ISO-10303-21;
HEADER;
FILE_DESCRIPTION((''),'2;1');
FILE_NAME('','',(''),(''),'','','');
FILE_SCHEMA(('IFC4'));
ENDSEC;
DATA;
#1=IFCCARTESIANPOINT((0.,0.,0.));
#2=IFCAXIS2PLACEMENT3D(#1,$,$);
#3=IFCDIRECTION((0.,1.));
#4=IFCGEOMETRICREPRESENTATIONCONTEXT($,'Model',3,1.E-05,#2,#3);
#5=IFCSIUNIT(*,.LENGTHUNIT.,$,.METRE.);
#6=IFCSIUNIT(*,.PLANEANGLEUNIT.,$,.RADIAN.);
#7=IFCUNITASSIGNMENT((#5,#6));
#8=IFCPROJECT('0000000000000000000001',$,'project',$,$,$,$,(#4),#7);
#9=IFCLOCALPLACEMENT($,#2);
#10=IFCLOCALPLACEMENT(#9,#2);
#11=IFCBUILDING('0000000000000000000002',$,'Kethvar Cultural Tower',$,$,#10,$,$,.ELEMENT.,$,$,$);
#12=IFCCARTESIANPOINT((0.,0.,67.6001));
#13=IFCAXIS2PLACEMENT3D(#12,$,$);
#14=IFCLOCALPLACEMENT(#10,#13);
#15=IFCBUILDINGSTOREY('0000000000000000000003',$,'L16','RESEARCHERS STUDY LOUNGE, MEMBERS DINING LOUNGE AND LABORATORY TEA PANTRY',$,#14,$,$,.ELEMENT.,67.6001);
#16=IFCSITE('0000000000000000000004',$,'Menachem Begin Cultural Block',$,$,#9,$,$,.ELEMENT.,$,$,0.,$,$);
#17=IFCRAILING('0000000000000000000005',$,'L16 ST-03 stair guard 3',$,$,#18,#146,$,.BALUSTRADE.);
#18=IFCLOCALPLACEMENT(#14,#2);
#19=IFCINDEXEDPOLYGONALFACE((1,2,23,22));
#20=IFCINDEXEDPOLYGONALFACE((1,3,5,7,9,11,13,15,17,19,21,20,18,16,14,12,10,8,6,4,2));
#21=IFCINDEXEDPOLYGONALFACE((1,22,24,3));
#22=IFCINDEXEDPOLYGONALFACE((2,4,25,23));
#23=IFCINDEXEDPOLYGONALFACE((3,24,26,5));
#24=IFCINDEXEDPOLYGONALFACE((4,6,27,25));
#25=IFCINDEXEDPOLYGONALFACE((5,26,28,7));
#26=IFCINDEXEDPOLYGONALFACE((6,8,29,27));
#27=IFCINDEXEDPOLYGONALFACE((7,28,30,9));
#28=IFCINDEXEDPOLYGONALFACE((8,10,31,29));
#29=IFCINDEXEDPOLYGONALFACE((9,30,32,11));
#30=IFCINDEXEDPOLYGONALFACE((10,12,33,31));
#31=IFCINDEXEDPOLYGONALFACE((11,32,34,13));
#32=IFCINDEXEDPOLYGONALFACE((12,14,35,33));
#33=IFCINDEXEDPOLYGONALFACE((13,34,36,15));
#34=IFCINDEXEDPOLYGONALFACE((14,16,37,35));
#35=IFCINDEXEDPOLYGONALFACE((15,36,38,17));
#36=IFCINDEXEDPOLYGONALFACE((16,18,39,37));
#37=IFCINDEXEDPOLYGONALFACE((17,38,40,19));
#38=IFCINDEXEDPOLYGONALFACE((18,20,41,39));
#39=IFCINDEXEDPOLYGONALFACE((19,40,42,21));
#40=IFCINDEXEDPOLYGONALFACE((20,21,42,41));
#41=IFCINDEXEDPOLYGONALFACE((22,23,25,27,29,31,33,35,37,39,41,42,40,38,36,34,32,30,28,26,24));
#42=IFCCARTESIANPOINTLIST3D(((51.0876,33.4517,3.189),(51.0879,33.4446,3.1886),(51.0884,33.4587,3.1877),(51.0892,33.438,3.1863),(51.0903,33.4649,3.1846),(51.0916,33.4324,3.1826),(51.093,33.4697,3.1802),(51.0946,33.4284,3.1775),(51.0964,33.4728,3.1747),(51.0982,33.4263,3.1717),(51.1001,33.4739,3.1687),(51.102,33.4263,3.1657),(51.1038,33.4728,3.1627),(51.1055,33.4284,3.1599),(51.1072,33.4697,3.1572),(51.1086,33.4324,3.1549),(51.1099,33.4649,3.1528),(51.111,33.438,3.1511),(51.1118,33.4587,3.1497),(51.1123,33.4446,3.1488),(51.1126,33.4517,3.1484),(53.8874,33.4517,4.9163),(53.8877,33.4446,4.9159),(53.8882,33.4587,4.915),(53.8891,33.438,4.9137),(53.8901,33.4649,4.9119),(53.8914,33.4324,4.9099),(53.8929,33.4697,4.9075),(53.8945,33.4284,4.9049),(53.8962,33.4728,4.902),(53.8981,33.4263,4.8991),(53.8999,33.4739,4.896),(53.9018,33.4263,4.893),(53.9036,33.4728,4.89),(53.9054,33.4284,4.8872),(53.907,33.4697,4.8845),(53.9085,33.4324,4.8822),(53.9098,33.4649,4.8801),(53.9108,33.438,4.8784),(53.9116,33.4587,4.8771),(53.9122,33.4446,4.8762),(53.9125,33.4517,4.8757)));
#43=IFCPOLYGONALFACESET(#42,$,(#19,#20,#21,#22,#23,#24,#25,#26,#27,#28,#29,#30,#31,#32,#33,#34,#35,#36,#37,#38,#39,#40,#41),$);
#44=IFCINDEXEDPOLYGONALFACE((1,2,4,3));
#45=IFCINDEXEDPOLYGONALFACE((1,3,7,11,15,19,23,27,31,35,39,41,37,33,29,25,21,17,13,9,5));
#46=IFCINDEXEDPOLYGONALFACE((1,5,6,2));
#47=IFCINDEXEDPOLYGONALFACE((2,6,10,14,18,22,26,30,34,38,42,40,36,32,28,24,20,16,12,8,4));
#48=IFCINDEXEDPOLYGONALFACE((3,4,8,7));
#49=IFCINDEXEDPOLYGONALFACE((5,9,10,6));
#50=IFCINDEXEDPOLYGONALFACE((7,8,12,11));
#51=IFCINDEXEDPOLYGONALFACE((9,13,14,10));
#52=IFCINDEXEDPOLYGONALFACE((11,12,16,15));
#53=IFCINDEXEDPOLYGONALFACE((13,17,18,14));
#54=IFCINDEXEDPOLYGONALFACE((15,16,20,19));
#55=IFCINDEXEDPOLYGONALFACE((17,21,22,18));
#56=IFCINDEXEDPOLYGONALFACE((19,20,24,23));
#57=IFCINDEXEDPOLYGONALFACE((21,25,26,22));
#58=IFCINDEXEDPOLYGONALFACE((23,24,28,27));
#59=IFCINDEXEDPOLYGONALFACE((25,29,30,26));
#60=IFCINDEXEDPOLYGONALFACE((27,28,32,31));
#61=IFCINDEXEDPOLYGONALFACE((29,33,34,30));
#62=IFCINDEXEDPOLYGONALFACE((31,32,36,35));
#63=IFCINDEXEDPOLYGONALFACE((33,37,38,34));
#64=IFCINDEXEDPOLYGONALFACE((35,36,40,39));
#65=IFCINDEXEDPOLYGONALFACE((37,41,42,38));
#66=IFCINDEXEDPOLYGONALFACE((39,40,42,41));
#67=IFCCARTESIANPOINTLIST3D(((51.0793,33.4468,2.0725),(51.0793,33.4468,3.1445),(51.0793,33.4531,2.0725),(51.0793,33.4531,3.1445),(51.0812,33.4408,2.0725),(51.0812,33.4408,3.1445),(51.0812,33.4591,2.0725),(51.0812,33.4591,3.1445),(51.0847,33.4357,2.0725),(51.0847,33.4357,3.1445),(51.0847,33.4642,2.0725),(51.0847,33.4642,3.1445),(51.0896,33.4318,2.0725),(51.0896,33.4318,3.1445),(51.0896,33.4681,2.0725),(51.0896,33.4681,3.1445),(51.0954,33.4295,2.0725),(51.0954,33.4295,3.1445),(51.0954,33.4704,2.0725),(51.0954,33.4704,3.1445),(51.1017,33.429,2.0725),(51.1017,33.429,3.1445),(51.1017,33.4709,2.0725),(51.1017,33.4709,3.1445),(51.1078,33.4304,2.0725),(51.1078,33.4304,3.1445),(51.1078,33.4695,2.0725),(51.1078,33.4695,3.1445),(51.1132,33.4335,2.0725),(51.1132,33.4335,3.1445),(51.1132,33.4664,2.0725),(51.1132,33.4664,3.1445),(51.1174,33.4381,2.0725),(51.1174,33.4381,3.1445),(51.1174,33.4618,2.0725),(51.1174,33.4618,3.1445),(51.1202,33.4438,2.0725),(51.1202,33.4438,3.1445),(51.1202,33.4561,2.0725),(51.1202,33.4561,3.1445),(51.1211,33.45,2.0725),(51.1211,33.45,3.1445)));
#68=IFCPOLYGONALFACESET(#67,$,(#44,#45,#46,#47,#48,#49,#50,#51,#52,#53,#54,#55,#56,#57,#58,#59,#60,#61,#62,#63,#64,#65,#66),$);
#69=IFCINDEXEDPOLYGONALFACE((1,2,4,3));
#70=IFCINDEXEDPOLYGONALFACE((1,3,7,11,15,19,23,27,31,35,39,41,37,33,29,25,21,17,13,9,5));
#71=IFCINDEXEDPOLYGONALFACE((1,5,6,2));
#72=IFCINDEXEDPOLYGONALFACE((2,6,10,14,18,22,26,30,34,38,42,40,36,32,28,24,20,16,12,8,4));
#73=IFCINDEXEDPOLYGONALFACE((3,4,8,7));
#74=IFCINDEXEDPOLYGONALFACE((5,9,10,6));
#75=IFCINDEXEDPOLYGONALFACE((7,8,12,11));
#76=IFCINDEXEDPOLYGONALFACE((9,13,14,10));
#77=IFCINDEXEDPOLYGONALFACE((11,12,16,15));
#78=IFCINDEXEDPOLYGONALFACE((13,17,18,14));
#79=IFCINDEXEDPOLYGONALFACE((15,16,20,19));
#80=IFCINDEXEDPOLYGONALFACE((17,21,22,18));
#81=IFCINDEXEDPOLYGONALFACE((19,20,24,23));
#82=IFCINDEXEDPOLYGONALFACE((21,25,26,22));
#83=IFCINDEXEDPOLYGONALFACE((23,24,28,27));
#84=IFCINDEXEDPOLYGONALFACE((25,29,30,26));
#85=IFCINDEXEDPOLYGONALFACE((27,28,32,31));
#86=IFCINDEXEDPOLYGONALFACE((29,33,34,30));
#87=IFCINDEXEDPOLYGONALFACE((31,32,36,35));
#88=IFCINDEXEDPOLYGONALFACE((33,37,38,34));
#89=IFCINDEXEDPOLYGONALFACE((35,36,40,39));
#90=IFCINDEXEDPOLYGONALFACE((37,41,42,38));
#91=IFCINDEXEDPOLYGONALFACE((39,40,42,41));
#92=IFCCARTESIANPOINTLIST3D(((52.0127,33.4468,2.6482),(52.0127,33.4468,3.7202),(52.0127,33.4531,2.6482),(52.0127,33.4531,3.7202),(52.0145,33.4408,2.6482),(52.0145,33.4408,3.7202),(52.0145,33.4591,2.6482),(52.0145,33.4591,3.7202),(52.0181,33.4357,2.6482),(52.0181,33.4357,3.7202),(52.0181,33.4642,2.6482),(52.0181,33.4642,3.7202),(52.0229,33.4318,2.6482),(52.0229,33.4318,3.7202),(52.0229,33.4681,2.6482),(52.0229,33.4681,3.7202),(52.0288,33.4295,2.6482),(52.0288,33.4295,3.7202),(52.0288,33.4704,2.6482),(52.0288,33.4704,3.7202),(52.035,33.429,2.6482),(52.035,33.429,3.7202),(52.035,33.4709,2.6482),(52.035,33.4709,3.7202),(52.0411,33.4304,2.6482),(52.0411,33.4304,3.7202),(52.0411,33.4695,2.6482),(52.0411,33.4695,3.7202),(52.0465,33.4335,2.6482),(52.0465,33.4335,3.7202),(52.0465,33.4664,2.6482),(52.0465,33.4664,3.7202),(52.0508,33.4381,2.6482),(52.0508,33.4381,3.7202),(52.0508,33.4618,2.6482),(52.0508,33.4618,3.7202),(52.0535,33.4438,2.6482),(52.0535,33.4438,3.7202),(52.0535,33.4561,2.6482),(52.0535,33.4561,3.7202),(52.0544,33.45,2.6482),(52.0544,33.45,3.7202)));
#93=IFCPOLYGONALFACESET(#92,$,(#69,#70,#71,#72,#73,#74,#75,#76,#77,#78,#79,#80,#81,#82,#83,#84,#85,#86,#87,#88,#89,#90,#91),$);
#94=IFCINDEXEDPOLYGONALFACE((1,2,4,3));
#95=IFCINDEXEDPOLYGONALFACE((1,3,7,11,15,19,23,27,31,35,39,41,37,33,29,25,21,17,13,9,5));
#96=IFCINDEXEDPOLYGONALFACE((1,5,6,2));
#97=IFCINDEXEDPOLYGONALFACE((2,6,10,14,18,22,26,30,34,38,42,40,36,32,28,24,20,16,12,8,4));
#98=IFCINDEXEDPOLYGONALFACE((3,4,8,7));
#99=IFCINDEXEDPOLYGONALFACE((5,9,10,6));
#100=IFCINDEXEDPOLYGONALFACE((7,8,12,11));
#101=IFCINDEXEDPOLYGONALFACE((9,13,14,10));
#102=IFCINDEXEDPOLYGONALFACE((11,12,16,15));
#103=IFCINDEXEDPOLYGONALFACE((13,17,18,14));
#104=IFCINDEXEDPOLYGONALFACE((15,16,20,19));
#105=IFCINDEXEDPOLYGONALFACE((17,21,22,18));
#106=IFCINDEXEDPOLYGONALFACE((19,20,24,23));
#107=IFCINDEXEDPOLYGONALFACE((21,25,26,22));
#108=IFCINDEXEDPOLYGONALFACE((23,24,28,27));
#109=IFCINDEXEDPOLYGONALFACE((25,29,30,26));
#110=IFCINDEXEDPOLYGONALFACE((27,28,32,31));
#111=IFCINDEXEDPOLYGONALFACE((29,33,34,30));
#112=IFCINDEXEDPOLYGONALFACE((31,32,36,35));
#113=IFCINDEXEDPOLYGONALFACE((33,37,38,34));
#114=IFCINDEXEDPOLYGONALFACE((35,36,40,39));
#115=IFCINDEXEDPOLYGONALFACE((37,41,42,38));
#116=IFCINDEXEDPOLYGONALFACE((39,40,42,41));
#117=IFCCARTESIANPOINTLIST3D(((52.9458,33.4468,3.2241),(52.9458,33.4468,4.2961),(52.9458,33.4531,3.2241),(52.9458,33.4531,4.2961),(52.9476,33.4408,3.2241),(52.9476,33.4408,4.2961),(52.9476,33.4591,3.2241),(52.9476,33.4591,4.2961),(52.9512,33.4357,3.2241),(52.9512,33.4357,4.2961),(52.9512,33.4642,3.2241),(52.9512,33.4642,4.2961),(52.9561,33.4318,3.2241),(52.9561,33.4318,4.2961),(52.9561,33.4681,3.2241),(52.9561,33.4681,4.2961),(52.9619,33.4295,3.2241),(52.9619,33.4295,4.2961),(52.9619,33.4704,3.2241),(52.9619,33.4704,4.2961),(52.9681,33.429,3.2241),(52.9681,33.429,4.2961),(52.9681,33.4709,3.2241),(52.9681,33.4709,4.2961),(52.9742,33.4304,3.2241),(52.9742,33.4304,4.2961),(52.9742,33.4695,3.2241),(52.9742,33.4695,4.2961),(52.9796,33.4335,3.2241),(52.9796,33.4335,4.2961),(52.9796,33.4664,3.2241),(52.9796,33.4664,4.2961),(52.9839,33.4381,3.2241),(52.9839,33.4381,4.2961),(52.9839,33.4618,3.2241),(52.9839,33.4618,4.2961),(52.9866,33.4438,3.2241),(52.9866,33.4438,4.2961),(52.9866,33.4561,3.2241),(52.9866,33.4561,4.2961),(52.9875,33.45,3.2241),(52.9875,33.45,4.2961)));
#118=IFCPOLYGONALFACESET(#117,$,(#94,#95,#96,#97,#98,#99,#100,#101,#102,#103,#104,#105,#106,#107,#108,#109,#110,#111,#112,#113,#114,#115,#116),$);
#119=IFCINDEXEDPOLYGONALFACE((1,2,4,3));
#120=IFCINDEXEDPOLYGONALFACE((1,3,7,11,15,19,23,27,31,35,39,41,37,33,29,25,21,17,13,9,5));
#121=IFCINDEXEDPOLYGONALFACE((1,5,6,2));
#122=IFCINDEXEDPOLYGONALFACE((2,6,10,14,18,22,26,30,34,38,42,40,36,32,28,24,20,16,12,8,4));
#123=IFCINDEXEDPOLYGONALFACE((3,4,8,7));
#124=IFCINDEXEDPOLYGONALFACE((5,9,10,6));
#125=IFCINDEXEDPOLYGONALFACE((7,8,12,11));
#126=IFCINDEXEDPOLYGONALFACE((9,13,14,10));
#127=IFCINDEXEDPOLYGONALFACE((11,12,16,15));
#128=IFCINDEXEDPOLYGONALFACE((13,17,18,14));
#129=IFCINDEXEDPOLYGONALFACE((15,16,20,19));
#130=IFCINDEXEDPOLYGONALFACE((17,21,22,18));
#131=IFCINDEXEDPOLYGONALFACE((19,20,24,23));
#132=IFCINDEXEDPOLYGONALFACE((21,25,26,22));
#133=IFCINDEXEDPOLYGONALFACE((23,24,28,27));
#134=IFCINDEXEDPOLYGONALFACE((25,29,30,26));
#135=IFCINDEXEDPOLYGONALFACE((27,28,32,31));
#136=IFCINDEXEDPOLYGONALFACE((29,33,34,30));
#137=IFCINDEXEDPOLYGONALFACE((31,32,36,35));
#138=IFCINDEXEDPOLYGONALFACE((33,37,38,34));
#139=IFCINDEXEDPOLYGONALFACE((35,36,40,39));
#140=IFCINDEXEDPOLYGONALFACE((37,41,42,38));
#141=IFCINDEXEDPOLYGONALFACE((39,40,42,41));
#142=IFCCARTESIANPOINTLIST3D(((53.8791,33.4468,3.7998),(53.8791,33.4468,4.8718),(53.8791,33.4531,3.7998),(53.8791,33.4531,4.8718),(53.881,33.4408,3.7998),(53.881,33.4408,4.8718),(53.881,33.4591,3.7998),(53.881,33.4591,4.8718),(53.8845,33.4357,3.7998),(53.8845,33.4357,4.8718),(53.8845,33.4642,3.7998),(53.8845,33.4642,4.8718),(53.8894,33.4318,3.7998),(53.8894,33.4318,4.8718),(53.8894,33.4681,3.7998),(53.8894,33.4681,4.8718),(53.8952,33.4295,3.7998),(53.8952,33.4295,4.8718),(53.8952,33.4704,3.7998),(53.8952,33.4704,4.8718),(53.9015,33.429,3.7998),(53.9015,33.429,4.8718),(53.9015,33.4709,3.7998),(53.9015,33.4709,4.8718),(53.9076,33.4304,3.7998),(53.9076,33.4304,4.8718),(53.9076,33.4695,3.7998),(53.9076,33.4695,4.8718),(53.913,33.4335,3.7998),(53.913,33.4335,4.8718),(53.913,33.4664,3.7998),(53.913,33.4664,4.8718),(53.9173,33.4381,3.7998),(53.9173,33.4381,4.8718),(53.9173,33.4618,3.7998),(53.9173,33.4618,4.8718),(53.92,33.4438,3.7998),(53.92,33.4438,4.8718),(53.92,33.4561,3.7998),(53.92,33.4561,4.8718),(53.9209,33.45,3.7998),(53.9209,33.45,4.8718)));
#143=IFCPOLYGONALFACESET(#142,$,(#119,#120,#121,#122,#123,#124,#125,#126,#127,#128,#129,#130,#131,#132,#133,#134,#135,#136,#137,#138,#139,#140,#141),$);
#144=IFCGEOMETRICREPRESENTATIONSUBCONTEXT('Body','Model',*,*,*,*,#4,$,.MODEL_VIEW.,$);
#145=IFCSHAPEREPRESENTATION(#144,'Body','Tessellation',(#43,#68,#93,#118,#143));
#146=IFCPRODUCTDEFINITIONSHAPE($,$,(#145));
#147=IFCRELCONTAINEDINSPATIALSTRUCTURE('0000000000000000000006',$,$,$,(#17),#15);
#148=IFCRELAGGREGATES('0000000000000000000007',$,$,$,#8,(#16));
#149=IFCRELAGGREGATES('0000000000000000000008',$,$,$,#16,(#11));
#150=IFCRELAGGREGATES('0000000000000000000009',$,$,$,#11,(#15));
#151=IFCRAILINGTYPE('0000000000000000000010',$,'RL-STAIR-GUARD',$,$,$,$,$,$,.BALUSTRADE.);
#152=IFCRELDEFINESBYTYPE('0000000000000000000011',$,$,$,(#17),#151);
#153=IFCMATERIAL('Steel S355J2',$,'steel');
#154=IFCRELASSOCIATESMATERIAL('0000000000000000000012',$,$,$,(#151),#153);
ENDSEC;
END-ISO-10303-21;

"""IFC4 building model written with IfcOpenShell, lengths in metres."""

from ifc_helpers import new_model, si_unit, direction, frame, origin, origin_2d, place, context, subcontext, project, spatial, circle, extrude, material, type_object, element, save


model = new_model("IFC4")

# Units and contexts
model_context = context("Model", 3, precision=1e-05, world=origin(), true_north=direction((0.0, 1.0)))
body_context = subcontext(model_context, "Body", "Model", "MODEL_VIEW")
ifc_project = project(units=[si_unit("LENGTHUNIT", "METRE"), si_unit("PLANEANGLEUNIT", "RADIAN")], contexts=[model_context])

# Site, building, storey
site_placement = place(None, origin())
site = spatial("IfcSite", under=ifc_project, at=site_placement, Name="Menachem Begin Cultural Block", CompositionType="ELEMENT", RefElevation=0.0)
building_placement = place(site_placement, origin())
building = spatial("IfcBuilding", under=site, at=building_placement, Name="Kethvar Cultural Tower", CompositionType="ELEMENT")
storey_placement = place(building_placement, frame((0.0, 0.0, 67.6001)))
storey = spatial("IfcBuildingStorey", under=building, at=storey_placement, Name="L16", Description="RESEARCHERS STUDY LOUNGE, MEMBERS DINING LOUNGE AND LABORATORY TEA PANTRY", CompositionType="ELEMENT", Elevation=67.6001)

# Shared definitions
ifc_material_1 = material(Name="Steel S355J2", Category="steel")

# Railing
railing_type_1 = type_object("IfcRailingType", Name="RL-STAIR-GUARD", PredefinedType="BALUSTRADE", material=ifc_material_1)
railing_1_placement = place(storey_placement, frame((51.1001, 33.45, 2.0725)))
element("IfcRailing", 1, at=railing_1_placement, inside=storey, type_object=railing_type_1, Name="L16 ST-03 stair guard 3", PredefinedType="BALUSTRADE", context=body_context, shape_type="SweptSolid", body=[
    extrude(circle(Radius=0.0239, at=origin_2d()), frame((0.0, 0.0, 1.0962), z_axis=(0.851069, 0.0, 0.525054), x_axis=(0.0, 1.0, 0.0)), (0.0, 0.0, 1.0), 3.2898),
    extrude(circle(Radius=0.021, at=origin_2d()), origin(), (0.0, 0.0, 1.0), 1.072),
    extrude(circle(Radius=0.021, at=origin_2d()), frame((0.9333, 0.0, 0.5757)), (0.0, 0.0, 1.0), 1.072),
    extrude(circle(Radius=0.021, at=origin_2d()), frame((1.8665, 0.0, 1.1516)), (0.0, 0.0, 1.0), 1.072),
    extrude(circle(Radius=0.021, at=origin_2d()), frame((2.7998, 0.0, 1.7273)), (0.0, 0.0, 1.0), 1.072),
])

save(model, "model.ifc")
